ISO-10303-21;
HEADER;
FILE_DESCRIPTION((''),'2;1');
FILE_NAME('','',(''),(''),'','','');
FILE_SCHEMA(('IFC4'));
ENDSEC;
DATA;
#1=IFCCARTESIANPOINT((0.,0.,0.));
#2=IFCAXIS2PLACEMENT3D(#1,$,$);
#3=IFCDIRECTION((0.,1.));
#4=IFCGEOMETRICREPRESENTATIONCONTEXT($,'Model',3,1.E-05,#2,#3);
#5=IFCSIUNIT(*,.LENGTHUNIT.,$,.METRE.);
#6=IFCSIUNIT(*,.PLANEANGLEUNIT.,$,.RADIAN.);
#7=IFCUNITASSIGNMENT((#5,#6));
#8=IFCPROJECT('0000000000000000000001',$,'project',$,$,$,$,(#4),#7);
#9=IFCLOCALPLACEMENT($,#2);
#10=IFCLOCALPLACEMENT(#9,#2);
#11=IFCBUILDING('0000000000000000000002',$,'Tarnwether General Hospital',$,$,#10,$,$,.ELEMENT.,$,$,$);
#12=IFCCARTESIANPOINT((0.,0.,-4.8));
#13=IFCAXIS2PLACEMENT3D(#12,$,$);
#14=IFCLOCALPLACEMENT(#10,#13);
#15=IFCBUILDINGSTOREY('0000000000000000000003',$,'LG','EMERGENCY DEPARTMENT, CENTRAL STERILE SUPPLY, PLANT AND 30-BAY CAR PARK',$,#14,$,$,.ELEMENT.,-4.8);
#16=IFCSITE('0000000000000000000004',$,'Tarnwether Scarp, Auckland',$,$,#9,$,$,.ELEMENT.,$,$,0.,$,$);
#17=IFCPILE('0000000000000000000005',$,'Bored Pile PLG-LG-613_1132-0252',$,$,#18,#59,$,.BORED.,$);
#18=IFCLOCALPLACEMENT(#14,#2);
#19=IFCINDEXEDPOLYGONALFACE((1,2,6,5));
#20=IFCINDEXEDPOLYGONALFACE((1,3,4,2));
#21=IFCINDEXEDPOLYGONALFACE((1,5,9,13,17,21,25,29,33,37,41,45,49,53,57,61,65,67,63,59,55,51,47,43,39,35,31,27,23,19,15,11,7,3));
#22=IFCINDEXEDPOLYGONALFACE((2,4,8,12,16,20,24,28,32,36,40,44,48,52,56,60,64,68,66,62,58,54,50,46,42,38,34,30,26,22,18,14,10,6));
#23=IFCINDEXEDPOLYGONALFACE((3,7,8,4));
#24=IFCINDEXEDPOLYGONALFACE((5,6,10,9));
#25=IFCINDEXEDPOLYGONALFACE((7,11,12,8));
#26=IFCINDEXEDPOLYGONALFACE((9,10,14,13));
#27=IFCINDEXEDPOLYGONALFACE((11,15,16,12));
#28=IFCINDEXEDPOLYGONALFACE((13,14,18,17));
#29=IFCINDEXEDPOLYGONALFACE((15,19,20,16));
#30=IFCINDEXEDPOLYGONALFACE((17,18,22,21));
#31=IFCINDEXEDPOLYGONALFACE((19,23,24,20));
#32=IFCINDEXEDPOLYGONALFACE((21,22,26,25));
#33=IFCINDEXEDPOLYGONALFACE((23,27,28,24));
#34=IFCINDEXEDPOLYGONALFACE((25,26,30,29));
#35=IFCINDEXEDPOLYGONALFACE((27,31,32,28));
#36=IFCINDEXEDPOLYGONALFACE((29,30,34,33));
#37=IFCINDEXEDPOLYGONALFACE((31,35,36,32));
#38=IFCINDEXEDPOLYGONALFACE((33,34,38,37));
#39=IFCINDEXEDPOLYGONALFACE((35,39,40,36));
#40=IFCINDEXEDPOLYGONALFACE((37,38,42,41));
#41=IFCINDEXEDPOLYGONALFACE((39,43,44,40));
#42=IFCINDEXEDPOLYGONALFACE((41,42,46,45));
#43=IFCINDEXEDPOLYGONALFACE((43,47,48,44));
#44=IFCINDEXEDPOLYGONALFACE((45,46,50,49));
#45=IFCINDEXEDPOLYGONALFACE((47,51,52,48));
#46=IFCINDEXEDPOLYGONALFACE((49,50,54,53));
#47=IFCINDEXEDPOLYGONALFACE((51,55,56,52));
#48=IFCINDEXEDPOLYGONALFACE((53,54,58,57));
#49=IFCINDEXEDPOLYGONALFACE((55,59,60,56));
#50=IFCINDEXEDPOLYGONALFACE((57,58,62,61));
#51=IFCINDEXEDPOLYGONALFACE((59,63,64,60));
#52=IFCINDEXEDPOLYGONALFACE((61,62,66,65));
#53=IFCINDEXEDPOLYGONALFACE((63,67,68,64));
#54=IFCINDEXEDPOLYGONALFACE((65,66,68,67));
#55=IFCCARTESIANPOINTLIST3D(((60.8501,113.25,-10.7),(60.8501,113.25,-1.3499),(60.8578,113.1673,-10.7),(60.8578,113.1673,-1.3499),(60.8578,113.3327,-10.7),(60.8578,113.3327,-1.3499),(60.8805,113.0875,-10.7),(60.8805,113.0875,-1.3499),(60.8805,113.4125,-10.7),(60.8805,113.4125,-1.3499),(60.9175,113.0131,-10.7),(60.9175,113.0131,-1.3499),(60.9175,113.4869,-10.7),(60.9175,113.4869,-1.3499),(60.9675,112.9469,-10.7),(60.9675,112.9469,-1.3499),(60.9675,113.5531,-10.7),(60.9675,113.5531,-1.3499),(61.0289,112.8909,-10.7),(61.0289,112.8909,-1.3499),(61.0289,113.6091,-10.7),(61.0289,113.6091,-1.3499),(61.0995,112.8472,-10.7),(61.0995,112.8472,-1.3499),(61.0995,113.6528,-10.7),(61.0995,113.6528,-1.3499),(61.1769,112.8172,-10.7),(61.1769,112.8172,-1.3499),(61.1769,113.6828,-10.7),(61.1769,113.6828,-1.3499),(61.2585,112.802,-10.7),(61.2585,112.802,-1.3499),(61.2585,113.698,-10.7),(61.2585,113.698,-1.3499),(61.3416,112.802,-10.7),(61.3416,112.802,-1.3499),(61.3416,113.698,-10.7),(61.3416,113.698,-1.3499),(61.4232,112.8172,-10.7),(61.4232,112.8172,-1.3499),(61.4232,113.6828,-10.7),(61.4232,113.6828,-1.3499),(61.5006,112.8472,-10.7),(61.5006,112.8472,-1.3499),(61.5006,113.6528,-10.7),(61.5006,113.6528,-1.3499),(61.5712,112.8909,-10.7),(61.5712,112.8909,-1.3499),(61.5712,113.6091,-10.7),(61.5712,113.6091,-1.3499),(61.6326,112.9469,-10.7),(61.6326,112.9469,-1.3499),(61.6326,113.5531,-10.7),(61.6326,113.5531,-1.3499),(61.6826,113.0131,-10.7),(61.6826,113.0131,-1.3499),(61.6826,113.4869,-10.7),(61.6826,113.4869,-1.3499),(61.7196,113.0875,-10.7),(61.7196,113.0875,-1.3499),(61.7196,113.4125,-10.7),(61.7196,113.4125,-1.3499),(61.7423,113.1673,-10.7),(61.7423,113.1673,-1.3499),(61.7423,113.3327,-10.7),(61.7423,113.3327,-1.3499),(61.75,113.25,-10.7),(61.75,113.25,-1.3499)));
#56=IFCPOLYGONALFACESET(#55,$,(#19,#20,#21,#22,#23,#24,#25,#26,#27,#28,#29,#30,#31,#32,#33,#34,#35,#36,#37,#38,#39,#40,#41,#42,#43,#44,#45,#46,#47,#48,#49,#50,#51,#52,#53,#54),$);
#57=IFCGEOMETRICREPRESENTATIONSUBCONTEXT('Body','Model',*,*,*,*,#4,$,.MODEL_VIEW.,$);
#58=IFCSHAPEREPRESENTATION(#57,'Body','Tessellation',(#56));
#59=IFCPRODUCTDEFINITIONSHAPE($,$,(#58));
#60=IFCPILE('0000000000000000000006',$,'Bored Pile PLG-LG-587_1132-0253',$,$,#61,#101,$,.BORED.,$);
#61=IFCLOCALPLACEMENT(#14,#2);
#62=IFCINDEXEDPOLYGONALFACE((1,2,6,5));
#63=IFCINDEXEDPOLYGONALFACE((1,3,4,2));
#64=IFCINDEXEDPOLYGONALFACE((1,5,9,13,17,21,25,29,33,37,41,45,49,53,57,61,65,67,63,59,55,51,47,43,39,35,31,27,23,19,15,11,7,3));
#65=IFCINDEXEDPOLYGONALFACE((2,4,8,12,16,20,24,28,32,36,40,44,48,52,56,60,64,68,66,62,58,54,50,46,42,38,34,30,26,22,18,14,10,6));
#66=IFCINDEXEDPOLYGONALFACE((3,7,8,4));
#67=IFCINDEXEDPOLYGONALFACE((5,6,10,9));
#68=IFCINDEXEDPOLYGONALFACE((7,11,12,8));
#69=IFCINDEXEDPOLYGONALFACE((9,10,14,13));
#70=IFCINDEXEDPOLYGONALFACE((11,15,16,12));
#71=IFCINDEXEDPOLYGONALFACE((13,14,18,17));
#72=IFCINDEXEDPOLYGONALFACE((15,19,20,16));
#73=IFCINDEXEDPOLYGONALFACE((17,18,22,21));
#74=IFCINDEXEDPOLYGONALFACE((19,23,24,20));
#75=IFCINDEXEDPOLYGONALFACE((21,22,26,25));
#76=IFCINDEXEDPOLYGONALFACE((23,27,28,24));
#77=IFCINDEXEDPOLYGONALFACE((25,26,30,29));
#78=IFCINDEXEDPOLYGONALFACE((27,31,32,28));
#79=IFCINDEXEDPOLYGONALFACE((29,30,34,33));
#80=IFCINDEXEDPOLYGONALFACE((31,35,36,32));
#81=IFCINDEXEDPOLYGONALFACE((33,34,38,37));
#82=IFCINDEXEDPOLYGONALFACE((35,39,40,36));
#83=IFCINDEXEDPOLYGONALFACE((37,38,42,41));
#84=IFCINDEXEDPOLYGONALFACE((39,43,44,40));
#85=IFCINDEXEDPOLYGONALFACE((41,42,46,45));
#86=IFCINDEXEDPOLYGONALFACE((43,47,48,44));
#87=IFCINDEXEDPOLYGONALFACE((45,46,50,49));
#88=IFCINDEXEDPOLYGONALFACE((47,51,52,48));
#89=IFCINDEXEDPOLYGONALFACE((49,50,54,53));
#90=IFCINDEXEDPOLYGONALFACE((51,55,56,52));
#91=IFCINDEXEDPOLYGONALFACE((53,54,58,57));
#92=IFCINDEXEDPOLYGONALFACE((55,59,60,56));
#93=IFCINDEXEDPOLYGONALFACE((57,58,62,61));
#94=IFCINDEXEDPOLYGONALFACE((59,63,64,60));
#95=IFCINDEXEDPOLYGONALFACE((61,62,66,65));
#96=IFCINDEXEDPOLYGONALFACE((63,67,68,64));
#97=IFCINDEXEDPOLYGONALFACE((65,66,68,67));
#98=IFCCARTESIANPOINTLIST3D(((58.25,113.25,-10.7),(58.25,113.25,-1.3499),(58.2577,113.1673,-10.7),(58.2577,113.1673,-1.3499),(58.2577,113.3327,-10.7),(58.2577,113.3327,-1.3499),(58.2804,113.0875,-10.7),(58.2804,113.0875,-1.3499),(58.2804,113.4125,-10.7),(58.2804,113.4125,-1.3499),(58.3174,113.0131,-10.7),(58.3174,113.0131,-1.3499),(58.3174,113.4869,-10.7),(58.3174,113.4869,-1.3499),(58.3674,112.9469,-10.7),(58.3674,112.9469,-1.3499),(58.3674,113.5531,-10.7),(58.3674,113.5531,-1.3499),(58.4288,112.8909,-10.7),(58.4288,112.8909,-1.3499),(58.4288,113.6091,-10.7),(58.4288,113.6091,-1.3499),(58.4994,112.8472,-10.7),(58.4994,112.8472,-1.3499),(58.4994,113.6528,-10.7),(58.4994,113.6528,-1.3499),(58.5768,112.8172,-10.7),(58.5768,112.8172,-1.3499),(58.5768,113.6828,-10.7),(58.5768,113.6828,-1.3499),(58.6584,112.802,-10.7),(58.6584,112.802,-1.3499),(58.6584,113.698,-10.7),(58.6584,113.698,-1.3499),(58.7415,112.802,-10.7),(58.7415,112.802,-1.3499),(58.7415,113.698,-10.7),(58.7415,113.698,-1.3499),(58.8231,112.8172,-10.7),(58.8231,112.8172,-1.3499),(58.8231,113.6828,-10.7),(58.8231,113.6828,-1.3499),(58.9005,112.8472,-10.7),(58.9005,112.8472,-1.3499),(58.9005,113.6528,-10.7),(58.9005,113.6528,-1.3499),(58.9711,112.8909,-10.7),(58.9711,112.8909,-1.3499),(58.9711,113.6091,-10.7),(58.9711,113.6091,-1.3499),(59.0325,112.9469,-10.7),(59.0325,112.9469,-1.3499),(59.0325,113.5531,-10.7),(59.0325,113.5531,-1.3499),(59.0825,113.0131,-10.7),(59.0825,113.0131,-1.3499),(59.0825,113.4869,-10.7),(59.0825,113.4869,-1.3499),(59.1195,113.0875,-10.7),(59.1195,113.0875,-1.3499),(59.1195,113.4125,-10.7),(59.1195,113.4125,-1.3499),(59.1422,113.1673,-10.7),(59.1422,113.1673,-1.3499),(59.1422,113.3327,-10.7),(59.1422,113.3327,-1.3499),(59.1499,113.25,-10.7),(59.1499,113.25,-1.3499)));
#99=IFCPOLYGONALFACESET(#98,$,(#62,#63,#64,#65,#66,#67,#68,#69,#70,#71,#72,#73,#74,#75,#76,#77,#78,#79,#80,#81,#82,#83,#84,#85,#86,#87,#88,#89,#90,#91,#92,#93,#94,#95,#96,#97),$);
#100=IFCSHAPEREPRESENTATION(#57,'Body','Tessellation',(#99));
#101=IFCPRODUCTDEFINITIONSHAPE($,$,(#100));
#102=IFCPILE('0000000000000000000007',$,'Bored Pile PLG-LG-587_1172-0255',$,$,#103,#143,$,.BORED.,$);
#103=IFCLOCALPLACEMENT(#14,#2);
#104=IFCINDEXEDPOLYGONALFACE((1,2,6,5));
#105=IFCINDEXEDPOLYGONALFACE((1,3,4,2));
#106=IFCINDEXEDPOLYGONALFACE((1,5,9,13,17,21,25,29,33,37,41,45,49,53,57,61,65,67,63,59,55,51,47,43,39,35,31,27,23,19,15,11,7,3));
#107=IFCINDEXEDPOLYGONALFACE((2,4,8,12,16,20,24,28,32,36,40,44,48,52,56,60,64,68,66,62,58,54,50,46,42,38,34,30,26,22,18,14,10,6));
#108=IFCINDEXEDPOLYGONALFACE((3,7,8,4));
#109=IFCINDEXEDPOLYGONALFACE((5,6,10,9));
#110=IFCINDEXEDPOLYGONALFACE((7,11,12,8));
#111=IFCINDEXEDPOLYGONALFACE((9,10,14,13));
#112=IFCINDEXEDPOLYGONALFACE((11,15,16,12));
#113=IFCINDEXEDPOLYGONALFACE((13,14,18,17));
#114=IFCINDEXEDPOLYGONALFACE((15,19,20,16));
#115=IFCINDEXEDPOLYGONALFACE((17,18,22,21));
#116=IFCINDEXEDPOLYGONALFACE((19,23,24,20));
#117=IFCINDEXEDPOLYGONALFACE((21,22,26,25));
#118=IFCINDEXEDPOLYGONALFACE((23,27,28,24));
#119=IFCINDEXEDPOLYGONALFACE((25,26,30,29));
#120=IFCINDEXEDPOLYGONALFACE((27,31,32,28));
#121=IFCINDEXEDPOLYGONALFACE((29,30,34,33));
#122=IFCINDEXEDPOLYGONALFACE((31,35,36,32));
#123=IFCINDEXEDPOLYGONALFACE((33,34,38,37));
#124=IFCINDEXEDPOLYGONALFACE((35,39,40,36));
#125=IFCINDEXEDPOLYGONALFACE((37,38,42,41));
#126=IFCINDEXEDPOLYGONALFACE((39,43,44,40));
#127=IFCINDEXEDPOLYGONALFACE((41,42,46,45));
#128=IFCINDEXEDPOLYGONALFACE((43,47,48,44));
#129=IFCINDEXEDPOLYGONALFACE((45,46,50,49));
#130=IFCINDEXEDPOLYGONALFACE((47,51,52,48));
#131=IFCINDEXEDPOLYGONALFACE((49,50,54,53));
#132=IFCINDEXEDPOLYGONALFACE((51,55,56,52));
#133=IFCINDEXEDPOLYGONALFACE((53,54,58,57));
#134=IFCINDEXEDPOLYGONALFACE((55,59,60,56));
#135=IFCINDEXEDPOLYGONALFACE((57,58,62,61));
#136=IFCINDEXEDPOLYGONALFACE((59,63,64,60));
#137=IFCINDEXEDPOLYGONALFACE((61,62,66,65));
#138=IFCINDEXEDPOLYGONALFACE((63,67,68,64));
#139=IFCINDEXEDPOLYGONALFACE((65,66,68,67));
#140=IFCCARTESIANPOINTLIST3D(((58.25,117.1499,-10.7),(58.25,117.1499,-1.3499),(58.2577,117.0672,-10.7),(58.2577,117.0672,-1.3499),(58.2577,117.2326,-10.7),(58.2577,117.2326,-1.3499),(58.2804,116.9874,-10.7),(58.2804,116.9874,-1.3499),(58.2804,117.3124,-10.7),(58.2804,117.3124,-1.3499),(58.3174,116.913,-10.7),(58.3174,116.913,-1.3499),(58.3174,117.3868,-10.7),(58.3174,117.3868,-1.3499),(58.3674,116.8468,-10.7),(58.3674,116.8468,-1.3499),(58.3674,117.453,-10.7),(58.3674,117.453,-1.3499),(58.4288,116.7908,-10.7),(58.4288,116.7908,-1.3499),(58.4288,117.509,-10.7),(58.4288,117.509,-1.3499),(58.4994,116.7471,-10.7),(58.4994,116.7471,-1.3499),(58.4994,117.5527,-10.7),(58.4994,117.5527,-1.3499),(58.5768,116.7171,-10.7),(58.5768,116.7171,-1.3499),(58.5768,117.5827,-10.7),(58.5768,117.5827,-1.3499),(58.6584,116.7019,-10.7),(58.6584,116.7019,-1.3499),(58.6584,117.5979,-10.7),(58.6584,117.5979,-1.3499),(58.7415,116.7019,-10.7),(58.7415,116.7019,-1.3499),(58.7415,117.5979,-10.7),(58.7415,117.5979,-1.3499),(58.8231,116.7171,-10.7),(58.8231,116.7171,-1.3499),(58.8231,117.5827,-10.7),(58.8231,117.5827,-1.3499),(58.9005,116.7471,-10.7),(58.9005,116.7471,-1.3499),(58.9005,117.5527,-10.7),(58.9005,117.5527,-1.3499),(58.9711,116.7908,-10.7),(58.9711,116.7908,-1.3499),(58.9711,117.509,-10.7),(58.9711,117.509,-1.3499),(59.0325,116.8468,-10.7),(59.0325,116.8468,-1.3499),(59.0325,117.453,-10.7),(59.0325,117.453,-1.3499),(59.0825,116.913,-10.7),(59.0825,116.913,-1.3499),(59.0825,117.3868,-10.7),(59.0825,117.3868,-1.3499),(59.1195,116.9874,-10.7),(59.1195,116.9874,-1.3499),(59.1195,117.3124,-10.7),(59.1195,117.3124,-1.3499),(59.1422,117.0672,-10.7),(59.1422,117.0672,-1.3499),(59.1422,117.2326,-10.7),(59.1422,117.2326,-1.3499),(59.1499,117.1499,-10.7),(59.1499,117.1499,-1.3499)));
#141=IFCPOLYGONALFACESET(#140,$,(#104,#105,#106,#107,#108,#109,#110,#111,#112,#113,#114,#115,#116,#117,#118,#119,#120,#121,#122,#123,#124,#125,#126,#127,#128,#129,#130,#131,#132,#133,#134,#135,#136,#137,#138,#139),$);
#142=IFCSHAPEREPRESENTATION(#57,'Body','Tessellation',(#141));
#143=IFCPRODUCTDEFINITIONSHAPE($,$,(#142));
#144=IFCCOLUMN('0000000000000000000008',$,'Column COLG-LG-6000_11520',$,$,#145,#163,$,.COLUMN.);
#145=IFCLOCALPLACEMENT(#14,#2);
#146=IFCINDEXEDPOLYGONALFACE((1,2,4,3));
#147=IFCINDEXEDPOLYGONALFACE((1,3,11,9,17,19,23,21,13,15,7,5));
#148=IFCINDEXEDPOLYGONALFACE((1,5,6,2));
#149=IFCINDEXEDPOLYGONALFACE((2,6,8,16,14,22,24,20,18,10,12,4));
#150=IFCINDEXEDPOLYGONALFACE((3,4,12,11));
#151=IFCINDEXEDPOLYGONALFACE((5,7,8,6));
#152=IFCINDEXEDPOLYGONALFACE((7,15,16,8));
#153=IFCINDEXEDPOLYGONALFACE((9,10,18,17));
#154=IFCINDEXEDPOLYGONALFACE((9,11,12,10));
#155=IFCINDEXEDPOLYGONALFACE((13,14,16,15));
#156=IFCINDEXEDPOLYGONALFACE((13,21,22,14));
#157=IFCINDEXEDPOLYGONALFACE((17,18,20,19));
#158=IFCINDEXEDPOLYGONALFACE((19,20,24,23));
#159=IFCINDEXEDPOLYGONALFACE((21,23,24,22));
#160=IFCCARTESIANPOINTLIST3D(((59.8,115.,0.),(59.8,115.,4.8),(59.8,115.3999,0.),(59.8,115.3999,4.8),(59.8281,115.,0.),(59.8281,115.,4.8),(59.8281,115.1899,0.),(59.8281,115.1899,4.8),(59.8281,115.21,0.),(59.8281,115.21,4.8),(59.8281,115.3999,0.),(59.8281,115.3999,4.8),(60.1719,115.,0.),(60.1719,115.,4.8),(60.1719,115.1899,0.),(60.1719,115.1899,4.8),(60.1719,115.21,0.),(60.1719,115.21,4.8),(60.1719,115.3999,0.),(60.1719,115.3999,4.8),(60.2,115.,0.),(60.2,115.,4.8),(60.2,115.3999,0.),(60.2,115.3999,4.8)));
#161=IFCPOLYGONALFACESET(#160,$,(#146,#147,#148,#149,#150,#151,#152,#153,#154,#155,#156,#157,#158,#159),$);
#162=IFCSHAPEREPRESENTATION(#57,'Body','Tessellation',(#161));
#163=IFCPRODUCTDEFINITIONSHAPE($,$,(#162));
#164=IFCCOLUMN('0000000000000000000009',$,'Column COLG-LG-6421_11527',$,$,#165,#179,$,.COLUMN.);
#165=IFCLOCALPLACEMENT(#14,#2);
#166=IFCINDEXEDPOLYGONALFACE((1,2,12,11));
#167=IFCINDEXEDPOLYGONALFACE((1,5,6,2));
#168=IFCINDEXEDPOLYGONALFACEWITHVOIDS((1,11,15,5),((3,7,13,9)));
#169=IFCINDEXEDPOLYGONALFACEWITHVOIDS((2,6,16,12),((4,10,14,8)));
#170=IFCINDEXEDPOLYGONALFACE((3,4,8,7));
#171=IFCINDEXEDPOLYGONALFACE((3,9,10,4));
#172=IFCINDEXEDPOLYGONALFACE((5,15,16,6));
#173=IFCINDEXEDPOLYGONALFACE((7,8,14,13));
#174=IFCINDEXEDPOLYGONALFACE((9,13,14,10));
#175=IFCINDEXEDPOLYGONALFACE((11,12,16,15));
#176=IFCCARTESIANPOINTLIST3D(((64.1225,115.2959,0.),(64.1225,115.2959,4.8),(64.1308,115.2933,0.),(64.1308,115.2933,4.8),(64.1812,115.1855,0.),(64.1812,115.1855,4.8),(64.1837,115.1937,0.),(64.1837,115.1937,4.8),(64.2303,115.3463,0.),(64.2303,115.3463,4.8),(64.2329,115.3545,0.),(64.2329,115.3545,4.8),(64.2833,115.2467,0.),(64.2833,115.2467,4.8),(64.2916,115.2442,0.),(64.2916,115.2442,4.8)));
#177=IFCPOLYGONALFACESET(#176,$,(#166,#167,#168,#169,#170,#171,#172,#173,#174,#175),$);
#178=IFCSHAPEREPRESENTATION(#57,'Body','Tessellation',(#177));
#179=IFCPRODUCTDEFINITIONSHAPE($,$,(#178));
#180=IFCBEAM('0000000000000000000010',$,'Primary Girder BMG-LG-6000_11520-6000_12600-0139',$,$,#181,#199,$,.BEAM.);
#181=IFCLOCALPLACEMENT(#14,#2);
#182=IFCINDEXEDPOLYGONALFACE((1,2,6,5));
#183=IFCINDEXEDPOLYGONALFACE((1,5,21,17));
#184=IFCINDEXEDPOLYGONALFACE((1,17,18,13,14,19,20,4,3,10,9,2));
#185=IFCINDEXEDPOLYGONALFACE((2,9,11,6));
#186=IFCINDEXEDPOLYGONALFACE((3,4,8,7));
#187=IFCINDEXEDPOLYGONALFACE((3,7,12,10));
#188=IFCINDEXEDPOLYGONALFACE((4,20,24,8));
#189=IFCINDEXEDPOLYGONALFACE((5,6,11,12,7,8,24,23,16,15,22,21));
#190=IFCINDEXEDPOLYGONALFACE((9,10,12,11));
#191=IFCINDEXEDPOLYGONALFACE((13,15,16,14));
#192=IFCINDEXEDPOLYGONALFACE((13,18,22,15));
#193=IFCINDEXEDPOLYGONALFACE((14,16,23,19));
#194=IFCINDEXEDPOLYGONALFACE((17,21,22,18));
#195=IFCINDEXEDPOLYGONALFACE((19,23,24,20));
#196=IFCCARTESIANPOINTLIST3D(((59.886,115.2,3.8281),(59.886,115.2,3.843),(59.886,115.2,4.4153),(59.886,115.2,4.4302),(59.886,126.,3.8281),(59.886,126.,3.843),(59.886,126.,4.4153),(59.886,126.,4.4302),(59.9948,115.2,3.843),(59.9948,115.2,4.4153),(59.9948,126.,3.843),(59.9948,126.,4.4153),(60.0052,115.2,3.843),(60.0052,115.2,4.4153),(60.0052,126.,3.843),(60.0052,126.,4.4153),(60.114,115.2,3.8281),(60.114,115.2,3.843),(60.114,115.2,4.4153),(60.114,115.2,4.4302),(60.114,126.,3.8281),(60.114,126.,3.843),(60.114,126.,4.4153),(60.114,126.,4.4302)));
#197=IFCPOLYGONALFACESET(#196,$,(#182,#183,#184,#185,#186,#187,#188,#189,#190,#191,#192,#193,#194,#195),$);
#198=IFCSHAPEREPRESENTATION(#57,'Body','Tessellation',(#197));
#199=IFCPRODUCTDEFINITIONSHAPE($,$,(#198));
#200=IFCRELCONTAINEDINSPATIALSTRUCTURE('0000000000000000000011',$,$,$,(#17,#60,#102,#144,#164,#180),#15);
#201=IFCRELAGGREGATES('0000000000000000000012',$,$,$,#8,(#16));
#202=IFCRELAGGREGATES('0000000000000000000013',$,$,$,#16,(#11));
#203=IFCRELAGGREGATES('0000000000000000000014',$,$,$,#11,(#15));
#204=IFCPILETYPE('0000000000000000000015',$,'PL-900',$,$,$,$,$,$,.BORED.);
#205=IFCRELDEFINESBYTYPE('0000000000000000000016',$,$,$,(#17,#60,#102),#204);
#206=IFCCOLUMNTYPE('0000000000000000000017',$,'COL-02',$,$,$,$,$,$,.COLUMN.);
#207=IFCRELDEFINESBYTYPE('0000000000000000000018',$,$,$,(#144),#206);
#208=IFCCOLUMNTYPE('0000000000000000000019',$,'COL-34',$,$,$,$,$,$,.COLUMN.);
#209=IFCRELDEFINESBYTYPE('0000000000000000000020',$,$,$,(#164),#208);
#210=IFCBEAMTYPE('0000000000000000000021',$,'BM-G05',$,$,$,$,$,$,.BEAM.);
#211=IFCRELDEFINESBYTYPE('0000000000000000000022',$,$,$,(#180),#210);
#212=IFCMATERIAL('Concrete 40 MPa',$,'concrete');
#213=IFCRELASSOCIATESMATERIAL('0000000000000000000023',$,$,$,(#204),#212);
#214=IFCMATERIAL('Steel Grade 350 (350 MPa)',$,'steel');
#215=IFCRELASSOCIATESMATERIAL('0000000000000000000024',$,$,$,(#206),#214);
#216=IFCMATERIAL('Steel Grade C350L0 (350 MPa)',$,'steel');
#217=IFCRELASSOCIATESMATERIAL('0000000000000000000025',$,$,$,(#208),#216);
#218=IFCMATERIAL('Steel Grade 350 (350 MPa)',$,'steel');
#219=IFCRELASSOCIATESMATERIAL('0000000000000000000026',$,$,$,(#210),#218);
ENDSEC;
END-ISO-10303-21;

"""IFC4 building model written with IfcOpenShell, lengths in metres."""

from ifc_helpers import new_model, si_unit, direction, frame, origin, origin_2d, place, context, subcontext, project, spatial, hollow_rectangle, circle, i_section, extrude, material, material_profile, profile_set, type_object, element, save


model = new_model("IFC4")

# Units and contexts
model_context = context("Model", 3, precision=1e-05, world=origin(), true_north=direction((0.0, 1.0)))
body_context = subcontext(model_context, "Body", "Model", "MODEL_VIEW")
ifc_project = project(units=[si_unit("LENGTHUNIT", "METRE"), si_unit("PLANEANGLEUNIT", "RADIAN")], contexts=[model_context])

# Site, building, storey
site_placement = place(None, origin())
site = spatial("IfcSite", under=ifc_project, at=site_placement, Name="Tarnwether Scarp, Auckland", CompositionType="ELEMENT", RefElevation=0.0)
building_placement = place(site_placement, origin())
building = spatial("IfcBuilding", under=site, at=building_placement, Name="Tarnwether General Hospital", CompositionType="ELEMENT")
storey_placement = place(building_placement, frame((0.0, 0.0, -4.8)))
storey = spatial("IfcBuildingStorey", under=building, at=storey_placement, Name="LG", Description="EMERGENCY DEPARTMENT, CENTRAL STERILE SUPPLY, PLANT AND 30-BAY CAR PARK", CompositionType="ELEMENT", Elevation=-4.8)

# Piles
ifc_material_1 = material(Name="Concrete 40 MPa", Category="concrete")
ifc_material_profile_1 = material_profile(ifc_material_1, circle(Radius=0.45, at=origin_2d()), Name="PILE-D900")
ifc_profile_set_1 = profile_set([ifc_material_profile_1], Name="Concrete 40 MPa")
pile_type_1 = type_object("IfcPileType", Name="PL-900", PredefinedType="BORED", material=ifc_profile_set_1)
for number, where, z_axis, x_axis, name in (
    (1, (61.3, 113.25, -1.3499), (0.0, 0.0, -1.0), (1.0, 0.0, 0.0), "Bored Pile PLG-LG-613_1132-0252"),
    (2, (58.7, 113.25, -1.3499), (0.0, 0.0, -1.0), (1.0, 0.0, 0.0), "Bored Pile PLG-LG-587_1132-0253"),
    (3, (58.7, 117.1499, -1.3499), (0.0, 0.0, -1.0), (1.0, 0.0, 0.0), "Bored Pile PLG-LG-587_1172-0255"),
):
    element("IfcPile", number, at=place(storey_placement, frame(where, z_axis=z_axis, x_axis=x_axis)), inside=storey, type_object=pile_type_1, Name=name, PredefinedType="BORED", context=body_context, shape_type="SweptSolid", body=[
        extrude(circle(Radius=0.45, at=origin_2d()), origin(), (0.0, 0.0, 1.0), 9.3501),
    ])

# Columns
ifc_material_2 = material(Name="Steel Grade 350 (350 MPa)", Category="steel")
ifc_material_profile_2 = material_profile(ifc_material_2, i_section(OverallWidth=0.3999, OverallDepth=0.3999, WebThickness=0.02, FlangeThickness=0.0281, at=origin_2d()), Name="400WC270")
ifc_profile_set_2 = profile_set([ifc_material_profile_2], Name="Steel Grade 350 (350 MPa)")
column_type_1 = type_object("IfcColumnType", Name="COL-02", PredefinedType="COLUMN", material=ifc_profile_set_2)
column_1_placement = place(storey_placement, frame((60.0, 115.2, 0.0), z_axis=(0.0, 0.0, 1.0), x_axis=(0.0, 1.0, 0.0)))
element("IfcColumn", 4, at=column_1_placement, inside=storey, type_object=column_type_1, Name="Column COLG-LG-6000_11520", PredefinedType="COLUMN", context=body_context, shape_type="SweptSolid", body=[
    extrude(i_section(OverallWidth=0.3999, OverallDepth=0.3999, WebThickness=0.02, FlangeThickness=0.0281, at=origin_2d()), origin(), (0.0, 0.0, 1.0), 4.8),
])
ifc_material_3 = material(Name="Steel Grade C350L0 (350 MPa)", Category="steel")
ifc_material_profile_3 = material_profile(ifc_material_3, hollow_rectangle(XDim=0.125, YDim=0.125, WallThickness=0.0061, at=origin_2d()), Name="SHS125x125x6")
ifc_profile_set_3 = profile_set([ifc_material_profile_3], Name="Steel Grade C350L0 (350 MPa)")
column_type_2 = type_object("IfcColumnType", Name="COL-34", PredefinedType="COLUMN", material=ifc_profile_set_3)
column_2_placement = place(storey_placement, frame((64.207, 115.27, 0.0), z_axis=(0.0, 0.0, 1.0), x_axis=(-0.469472, 0.882948, 0.0)))
element("IfcColumn", 5, at=column_2_placement, inside=storey, type_object=column_type_2, Name="Column COLG-LG-6421_11527", PredefinedType="COLUMN", context=body_context, shape_type="SweptSolid", body=[
    extrude(hollow_rectangle(XDim=0.125, YDim=0.125, WallThickness=0.0061, at=origin_2d()), origin(), (0.0, 0.0, 1.0), 4.8),
])

# Beam
ifc_material_4 = material(Name="Steel Grade 350 (350 MPa)", Category="steel")
ifc_material_profile_4 = material_profile(ifc_material_4, i_section(OverallWidth=0.228, OverallDepth=0.6021, WebThickness=0.0105, FlangeThickness=0.0149, at=origin_2d()), Name="610UB101")
ifc_profile_set_4 = profile_set([ifc_material_profile_4], Name="Steel Grade 350 (350 MPa)")
beam_type = type_object("IfcBeamType", Name="BM-G05", PredefinedType="BEAM", material=ifc_profile_set_4)
beam_placement = place(storey_placement, frame((60.0, 115.2, 4.1292), z_axis=(0.0, 1.0, 0.0), x_axis=(-1.0, 0.0, 0.0)))
element("IfcBeam", 6, at=beam_placement, inside=storey, type_object=beam_type, Name="Primary Girder BMG-LG-6000_11520-6000_12600-0139", PredefinedType="BEAM", context=body_context, shape_type="SweptSolid", body=[
    extrude(i_section(OverallWidth=0.228, OverallDepth=0.6021, WebThickness=0.0105, FlangeThickness=0.0149, at=origin_2d()), origin(), (0.0, 0.0, 1.0), 10.8),
])

save(model, "model.ifc")
